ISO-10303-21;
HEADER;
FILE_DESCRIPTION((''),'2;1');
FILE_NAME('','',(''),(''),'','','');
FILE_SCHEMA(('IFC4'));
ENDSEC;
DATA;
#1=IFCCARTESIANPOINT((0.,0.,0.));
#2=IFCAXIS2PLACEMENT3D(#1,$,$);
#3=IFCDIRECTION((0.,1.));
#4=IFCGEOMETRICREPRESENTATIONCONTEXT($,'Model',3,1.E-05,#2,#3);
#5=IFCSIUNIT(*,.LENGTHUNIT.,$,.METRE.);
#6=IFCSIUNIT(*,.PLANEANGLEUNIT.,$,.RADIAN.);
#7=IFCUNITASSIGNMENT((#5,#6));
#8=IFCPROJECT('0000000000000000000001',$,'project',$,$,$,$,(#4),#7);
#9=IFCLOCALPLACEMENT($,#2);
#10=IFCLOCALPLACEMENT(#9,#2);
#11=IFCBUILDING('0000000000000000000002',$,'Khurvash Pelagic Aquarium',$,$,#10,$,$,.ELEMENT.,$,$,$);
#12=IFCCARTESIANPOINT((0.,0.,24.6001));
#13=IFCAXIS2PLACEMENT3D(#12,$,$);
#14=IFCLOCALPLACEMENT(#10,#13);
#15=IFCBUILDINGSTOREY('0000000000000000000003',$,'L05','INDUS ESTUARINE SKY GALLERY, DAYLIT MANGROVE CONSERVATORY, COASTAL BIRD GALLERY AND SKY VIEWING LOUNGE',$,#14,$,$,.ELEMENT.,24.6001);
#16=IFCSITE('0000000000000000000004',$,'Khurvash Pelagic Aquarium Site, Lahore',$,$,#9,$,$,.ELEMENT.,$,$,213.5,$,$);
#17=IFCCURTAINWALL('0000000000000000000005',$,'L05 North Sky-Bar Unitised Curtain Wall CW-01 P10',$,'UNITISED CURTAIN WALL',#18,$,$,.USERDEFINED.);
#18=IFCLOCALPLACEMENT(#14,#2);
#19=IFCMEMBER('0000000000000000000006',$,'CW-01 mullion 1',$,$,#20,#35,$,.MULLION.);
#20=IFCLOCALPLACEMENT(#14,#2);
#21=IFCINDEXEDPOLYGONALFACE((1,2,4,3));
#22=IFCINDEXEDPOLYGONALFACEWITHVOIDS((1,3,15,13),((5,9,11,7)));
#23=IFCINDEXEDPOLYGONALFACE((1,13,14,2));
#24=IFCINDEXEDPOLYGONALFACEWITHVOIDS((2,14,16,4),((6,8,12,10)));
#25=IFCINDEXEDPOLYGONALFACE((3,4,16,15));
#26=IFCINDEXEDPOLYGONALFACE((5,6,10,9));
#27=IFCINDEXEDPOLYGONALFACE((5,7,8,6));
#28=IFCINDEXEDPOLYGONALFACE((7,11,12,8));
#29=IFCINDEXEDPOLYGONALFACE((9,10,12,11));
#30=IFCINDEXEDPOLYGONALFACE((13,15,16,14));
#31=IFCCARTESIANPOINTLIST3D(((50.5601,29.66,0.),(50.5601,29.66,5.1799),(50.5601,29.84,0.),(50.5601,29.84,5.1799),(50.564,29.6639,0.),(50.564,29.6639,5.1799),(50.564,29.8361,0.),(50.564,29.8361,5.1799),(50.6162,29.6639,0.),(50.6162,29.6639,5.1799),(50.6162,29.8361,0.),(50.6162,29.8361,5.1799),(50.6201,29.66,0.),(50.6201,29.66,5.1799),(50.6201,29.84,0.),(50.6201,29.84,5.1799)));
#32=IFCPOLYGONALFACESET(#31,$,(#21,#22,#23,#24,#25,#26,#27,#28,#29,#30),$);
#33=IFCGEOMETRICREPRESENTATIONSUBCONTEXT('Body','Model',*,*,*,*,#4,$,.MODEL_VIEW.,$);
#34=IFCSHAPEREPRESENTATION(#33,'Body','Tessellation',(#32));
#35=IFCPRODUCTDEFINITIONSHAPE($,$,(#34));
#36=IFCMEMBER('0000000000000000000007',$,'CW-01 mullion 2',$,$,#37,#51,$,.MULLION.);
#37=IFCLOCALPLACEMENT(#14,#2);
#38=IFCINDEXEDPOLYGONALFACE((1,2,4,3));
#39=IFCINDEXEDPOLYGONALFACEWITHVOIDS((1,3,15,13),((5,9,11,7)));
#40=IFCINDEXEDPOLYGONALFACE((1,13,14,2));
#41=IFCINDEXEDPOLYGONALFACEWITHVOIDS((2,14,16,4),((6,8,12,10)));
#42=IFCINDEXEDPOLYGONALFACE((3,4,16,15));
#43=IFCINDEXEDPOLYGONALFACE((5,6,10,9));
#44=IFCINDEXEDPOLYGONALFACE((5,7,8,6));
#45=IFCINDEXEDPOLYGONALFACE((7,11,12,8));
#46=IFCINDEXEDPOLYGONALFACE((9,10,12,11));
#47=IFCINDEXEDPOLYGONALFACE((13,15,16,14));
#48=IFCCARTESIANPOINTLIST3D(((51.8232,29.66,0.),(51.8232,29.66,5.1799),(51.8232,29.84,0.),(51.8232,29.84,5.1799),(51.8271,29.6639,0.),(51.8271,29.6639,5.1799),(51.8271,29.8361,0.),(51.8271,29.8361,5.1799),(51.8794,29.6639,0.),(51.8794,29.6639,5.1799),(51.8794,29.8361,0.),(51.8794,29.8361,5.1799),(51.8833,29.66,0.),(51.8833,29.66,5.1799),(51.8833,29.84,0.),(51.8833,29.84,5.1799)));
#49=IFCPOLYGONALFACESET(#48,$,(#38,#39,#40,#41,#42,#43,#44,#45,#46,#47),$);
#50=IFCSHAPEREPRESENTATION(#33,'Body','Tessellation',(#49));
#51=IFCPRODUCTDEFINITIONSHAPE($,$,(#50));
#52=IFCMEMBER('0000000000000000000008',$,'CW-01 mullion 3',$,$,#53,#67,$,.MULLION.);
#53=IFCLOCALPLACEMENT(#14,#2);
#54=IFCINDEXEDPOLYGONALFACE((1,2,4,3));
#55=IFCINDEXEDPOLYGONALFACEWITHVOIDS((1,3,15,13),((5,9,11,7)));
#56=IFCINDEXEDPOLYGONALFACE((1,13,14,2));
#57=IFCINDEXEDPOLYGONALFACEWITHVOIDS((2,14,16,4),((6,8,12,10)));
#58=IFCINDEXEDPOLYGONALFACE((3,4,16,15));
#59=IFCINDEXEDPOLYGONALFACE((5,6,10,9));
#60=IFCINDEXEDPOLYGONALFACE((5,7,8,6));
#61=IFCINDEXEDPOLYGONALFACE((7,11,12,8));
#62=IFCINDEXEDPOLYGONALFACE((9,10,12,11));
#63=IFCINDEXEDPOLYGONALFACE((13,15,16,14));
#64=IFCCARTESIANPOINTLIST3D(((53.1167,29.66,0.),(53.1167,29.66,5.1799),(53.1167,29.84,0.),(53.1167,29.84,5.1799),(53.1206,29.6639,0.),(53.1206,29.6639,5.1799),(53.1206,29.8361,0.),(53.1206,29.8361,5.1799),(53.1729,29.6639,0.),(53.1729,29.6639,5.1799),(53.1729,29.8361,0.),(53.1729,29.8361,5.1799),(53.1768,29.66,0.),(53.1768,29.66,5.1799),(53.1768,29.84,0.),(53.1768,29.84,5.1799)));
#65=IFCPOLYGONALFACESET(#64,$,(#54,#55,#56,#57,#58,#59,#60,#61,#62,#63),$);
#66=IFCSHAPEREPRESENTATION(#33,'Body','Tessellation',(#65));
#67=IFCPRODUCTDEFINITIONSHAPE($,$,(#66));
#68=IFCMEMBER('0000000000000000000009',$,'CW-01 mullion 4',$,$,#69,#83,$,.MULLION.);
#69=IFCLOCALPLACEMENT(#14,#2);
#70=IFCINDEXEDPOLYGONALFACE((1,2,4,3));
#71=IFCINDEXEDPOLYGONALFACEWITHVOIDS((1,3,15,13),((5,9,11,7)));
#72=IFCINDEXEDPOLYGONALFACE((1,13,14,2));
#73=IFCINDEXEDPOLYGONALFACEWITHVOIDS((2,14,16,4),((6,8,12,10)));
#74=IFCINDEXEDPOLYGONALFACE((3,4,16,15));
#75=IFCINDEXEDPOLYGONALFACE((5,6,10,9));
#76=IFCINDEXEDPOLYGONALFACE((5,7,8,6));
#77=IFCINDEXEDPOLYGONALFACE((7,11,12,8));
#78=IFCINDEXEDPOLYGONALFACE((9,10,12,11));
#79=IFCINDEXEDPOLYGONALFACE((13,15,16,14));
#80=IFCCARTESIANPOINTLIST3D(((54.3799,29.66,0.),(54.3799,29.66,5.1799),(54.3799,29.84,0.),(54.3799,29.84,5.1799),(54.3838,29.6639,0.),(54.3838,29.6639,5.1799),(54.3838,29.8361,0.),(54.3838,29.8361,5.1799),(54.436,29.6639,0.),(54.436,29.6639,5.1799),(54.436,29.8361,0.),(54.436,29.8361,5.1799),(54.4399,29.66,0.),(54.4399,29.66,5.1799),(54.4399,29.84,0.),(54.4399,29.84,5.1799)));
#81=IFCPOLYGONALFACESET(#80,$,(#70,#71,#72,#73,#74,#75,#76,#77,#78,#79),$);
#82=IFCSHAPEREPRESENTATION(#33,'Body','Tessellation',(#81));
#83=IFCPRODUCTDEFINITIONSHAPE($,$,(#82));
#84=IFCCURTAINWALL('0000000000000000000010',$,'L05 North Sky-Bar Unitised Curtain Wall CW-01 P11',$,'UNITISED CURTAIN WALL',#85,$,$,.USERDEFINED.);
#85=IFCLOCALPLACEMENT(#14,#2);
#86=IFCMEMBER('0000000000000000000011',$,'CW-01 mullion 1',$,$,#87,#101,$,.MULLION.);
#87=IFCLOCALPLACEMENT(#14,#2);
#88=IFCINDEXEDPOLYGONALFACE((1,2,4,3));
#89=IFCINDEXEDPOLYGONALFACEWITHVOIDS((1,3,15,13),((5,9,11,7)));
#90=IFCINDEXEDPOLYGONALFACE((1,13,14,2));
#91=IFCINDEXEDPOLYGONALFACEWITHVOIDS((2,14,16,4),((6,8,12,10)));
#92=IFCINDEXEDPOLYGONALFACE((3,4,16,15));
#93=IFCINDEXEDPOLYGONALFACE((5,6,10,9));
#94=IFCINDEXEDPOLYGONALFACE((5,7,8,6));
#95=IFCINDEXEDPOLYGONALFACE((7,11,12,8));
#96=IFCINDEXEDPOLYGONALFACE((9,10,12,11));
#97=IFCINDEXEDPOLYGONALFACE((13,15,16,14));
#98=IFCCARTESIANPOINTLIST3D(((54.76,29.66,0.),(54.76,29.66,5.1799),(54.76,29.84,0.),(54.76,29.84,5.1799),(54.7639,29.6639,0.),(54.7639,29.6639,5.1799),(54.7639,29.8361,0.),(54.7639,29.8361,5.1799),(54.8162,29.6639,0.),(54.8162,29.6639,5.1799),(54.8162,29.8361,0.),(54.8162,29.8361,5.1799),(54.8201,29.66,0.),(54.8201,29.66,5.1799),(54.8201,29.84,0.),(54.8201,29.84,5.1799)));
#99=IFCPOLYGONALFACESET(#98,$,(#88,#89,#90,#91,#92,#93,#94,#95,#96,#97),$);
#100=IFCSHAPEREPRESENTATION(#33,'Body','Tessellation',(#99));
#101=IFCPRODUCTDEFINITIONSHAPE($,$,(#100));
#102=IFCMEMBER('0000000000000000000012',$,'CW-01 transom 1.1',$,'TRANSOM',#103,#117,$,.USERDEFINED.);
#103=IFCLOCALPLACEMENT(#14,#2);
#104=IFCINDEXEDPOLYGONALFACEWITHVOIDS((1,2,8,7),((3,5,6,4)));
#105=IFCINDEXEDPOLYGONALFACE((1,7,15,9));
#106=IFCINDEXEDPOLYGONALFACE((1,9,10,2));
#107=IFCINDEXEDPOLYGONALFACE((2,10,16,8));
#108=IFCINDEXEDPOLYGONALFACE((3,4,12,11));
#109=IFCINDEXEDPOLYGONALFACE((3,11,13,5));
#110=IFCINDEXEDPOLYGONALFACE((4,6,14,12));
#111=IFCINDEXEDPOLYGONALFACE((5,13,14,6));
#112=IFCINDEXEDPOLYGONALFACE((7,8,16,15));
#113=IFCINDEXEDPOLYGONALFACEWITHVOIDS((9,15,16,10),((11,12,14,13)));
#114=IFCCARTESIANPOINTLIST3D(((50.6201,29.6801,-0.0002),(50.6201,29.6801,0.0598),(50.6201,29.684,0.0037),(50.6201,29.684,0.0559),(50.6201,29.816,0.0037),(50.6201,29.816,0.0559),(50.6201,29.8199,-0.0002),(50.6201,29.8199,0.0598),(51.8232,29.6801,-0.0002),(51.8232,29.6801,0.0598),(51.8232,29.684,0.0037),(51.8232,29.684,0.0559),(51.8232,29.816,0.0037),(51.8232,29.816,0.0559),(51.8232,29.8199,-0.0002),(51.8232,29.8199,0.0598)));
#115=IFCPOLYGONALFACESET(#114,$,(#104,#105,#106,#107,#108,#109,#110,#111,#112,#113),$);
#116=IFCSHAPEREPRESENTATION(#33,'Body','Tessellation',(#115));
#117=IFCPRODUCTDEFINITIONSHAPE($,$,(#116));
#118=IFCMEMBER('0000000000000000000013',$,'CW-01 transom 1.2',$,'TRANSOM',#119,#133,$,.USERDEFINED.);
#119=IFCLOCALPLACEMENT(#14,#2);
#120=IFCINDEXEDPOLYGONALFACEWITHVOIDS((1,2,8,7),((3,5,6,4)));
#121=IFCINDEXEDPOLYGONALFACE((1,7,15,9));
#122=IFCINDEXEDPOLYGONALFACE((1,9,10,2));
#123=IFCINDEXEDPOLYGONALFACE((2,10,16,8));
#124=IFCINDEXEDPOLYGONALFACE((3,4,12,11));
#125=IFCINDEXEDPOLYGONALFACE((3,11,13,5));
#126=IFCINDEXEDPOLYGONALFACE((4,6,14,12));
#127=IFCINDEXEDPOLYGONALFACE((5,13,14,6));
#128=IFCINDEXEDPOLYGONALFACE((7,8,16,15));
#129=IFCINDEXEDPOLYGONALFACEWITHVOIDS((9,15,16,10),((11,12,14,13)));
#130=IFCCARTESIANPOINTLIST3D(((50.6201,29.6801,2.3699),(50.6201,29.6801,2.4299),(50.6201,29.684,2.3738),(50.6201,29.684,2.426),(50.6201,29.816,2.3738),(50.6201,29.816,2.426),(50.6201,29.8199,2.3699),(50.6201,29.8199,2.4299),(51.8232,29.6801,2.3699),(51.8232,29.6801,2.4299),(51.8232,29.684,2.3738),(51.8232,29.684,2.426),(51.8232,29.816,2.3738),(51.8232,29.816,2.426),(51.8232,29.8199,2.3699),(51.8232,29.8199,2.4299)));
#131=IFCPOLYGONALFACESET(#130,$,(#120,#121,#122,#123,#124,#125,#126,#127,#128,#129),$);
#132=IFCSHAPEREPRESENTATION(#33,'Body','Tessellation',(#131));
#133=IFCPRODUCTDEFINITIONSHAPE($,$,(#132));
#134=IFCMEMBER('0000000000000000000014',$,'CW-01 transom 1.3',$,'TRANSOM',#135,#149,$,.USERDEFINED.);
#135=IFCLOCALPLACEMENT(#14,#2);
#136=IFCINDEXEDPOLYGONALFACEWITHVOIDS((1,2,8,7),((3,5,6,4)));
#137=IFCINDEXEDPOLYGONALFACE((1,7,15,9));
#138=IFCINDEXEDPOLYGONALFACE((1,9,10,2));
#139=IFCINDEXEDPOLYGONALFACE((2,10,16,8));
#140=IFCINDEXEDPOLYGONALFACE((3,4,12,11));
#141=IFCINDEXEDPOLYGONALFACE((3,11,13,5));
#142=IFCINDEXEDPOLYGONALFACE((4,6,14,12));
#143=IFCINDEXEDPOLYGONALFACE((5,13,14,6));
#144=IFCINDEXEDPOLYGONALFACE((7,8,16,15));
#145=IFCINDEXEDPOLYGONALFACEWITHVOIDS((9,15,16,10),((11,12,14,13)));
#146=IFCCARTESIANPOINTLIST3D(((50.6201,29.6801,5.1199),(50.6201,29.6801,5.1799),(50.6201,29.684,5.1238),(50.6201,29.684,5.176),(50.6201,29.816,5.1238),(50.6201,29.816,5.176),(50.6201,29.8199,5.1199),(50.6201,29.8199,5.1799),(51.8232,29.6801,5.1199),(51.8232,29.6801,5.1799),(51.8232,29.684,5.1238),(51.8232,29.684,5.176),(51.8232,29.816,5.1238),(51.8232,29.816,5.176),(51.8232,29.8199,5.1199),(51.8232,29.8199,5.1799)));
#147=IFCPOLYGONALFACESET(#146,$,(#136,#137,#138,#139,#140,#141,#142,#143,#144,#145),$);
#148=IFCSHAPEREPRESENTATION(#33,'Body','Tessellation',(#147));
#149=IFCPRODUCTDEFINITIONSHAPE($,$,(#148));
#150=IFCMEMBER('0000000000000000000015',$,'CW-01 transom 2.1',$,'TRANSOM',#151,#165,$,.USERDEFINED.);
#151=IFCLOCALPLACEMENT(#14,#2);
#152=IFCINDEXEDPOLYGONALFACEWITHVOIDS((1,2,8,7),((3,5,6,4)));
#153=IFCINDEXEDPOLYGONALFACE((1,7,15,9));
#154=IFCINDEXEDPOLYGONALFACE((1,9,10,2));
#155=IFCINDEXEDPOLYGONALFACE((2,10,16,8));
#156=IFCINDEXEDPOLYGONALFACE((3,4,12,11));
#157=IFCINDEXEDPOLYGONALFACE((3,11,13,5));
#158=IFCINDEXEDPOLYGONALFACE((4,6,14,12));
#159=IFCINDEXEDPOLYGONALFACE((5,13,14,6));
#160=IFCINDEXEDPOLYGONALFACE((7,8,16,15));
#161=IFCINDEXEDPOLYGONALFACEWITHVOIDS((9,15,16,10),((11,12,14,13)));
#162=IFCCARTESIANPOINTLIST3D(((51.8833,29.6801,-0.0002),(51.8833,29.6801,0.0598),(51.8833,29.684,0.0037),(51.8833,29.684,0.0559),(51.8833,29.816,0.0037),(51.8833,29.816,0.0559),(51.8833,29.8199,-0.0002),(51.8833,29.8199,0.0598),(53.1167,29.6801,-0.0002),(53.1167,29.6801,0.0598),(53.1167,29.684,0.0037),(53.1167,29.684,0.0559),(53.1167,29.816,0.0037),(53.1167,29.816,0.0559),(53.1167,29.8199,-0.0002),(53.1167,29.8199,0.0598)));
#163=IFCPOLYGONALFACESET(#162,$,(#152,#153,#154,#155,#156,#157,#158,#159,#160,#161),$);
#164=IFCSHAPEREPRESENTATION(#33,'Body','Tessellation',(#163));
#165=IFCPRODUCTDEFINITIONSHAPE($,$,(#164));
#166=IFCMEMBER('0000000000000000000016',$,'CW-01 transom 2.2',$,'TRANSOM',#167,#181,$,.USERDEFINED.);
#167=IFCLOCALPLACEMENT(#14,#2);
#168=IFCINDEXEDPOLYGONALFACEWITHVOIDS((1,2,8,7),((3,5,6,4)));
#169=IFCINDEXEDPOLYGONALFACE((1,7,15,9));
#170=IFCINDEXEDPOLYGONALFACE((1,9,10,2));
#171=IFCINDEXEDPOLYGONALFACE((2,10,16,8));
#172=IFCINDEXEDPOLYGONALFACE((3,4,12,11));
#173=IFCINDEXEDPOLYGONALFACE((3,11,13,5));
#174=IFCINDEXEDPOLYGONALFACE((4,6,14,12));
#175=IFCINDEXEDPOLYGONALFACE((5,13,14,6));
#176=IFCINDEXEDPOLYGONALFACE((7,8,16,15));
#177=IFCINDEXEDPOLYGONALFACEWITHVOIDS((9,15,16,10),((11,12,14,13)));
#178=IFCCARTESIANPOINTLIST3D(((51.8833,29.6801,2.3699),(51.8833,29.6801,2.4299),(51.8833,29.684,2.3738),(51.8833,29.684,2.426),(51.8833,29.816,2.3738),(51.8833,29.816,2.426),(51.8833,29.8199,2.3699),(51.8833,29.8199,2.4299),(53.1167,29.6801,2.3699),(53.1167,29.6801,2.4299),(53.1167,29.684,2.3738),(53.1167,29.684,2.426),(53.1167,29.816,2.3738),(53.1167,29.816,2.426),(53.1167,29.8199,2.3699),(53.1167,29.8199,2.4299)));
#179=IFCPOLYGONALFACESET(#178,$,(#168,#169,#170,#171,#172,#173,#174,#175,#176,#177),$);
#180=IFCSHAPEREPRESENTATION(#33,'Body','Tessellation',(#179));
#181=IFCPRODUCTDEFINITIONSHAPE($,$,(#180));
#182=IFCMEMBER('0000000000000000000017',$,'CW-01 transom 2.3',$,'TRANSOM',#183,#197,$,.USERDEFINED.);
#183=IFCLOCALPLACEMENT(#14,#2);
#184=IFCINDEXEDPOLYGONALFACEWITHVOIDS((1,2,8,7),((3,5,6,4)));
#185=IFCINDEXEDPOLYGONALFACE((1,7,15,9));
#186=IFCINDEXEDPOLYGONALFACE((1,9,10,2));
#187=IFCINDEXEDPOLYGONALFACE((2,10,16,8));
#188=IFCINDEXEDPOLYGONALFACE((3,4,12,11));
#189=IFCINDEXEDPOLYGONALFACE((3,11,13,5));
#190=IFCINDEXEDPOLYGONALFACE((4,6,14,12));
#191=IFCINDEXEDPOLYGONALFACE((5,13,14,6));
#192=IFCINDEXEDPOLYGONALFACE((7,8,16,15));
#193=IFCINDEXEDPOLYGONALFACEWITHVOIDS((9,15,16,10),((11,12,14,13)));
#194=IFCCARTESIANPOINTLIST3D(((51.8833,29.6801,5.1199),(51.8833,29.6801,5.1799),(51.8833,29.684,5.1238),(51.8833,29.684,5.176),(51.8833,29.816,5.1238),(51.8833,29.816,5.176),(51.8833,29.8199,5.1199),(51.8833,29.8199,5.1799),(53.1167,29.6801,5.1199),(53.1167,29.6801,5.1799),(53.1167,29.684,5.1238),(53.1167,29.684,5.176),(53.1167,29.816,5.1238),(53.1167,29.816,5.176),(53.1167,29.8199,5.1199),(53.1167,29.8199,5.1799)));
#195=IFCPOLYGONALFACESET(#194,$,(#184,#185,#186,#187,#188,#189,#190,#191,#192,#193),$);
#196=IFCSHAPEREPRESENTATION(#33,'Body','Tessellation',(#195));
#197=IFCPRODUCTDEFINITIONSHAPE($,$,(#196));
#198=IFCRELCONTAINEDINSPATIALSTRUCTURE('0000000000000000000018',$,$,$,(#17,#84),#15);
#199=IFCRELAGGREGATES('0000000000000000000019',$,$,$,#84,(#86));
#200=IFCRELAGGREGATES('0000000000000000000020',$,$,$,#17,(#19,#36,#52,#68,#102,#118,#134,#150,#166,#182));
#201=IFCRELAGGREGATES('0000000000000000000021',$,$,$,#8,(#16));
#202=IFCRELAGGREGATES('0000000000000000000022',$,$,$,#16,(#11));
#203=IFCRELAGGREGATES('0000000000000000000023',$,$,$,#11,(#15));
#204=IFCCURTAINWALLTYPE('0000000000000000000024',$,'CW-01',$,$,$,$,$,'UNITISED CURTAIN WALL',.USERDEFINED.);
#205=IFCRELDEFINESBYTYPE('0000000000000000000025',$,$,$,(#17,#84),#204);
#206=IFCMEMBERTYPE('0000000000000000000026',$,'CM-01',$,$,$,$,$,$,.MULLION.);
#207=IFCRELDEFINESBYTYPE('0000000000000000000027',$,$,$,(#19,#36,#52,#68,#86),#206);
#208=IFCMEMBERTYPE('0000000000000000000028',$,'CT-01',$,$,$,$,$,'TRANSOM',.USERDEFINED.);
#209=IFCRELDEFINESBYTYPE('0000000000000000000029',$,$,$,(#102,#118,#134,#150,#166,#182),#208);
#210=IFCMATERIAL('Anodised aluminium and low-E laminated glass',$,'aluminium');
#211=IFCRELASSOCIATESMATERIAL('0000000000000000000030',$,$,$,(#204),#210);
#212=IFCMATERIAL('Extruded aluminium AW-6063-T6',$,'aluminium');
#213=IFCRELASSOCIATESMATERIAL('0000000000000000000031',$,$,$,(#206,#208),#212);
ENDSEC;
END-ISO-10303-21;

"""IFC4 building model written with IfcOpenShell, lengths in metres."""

from ifc_helpers import new_model, si_unit, direction, frame, origin, origin_2d, place, context, subcontext, project, spatial, hollow_rectangle, extrude, material, material_profile, profile_set, type_object, element, aggregate, save


model = new_model("IFC4")

# Units and contexts
model_context = context("Model", 3, precision=1e-05, world=origin(), true_north=direction((0.0, 1.0)))
body_context = subcontext(model_context, "Body", "Model", "MODEL_VIEW")
ifc_project = project(units=[si_unit("LENGTHUNIT", "METRE"), si_unit("PLANEANGLEUNIT", "RADIAN")], contexts=[model_context])

# Site, building, storey
site_placement = place(None, origin())
site = spatial("IfcSite", under=ifc_project, at=site_placement, Name="Khurvash Pelagic Aquarium Site, Lahore", CompositionType="ELEMENT", RefElevation=213.5)
building_placement = place(site_placement, origin())
building = spatial("IfcBuilding", under=site, at=building_placement, Name="Khurvash Pelagic Aquarium", CompositionType="ELEMENT")
storey_placement = place(building_placement, frame((0.0, 0.0, 24.6001)))
storey = spatial("IfcBuildingStorey", under=building, at=storey_placement, Name="L05", Description="INDUS ESTUARINE SKY GALLERY, DAYLIT MANGROVE CONSERVATORY, COASTAL BIRD GALLERY AND SKY VIEWING LOUNGE", CompositionType="ELEMENT", Elevation=24.6001)

# Curtain wall, members
ifc_material_1 = material(Name="Anodised aluminium and low-E laminated glass", Category="aluminium")
curtain_wall_type = type_object("IfcCurtainWallType", Name="CW-01", ElementType="UNITISED CURTAIN WALL", PredefinedType="USERDEFINED", material=ifc_material_1)
curtain_wall_1_placement = place(storey_placement, origin())
curtain_wall_1 = element("IfcCurtainWall", 1, at=curtain_wall_1_placement, inside=storey, type_object=curtain_wall_type, Name="L05 North Sky-Bar Unitised Curtain Wall CW-01 P10", ObjectType="UNITISED CURTAIN WALL", PredefinedType="USERDEFINED")
ifc_material_2 = material(Name="Extruded aluminium AW-6063-T6", Category="aluminium")
ifc_material_profile_1 = material_profile(ifc_material_2, hollow_rectangle(XDim=0.0601, YDim=0.1799, WallThickness=0.0039, at=origin_2d()), Name="CWM60X180X4")
ifc_profile_set_1 = profile_set([ifc_material_profile_1], Name="Extruded aluminium AW-6063-T6")
member_type_1 = type_object("IfcMemberType", Name="CM-01", PredefinedType="MULLION", material=ifc_profile_set_1)
member_1_placement = place(storey_placement, frame((50.5901, 29.75, 0.0), z_axis=(0.0, 0.0, 1.0), x_axis=(1.0, 0.0, 0.0)))
member_1 = element("IfcMember", 2, at=member_1_placement, type_object=member_type_1, Name="CW-01 mullion 1", PredefinedType="MULLION", context=body_context, shape_type="SweptSolid", body=[
    extrude(hollow_rectangle(XDim=0.0601, YDim=0.1799, WallThickness=0.0039, at=origin_2d()), origin(), (0.0, 0.0, 1.0), 5.1799),
])
member_2_placement = place(storey_placement, frame((51.8533, 29.75, 0.0), z_axis=(0.0, 0.0, 1.0), x_axis=(1.0, 0.0, 0.0)))
member_2 = element("IfcMember", 3, at=member_2_placement, type_object=member_type_1, Name="CW-01 mullion 2", PredefinedType="MULLION", context=body_context, shape_type="SweptSolid", body=[
    extrude(hollow_rectangle(XDim=0.0601, YDim=0.1799, WallThickness=0.0039, at=origin_2d()), origin(), (0.0, 0.0, 1.0), 5.1799),
])
member_3_placement = place(storey_placement, frame((53.1467, 29.75, 0.0), z_axis=(0.0, 0.0, 1.0), x_axis=(1.0, 0.0, 0.0)))
member_3 = element("IfcMember", 4, at=member_3_placement, type_object=member_type_1, Name="CW-01 mullion 3", PredefinedType="MULLION", context=body_context, shape_type="SweptSolid", body=[
    extrude(hollow_rectangle(XDim=0.0601, YDim=0.1799, WallThickness=0.0039, at=origin_2d()), origin(), (0.0, 0.0, 1.0), 5.1799),
])
member_4_placement = place(storey_placement, frame((54.4099, 29.75, 0.0), z_axis=(0.0, 0.0, 1.0), x_axis=(1.0, 0.0, 0.0)))
member_4 = element("IfcMember", 5, at=member_4_placement, type_object=member_type_1, Name="CW-01 mullion 4", PredefinedType="MULLION", context=body_context, shape_type="SweptSolid", body=[
    extrude(hollow_rectangle(XDim=0.0601, YDim=0.1799, WallThickness=0.0039, at=origin_2d()), origin(), (0.0, 0.0, 1.0), 5.1799),
])

# Curtain wall, member
curtain_wall_2_placement = place(storey_placement, origin())
curtain_wall_2 = element("IfcCurtainWall", 6, at=curtain_wall_2_placement, inside=storey, type_object=curtain_wall_type, Name="L05 North Sky-Bar Unitised Curtain Wall CW-01 P11", ObjectType="UNITISED CURTAIN WALL", PredefinedType="USERDEFINED")
member_5_placement = place(storey_placement, frame((54.79, 29.75, 0.0), z_axis=(0.0, 0.0, 1.0), x_axis=(1.0, 0.0, 0.0)))
member_5 = element("IfcMember", 7, at=member_5_placement, type_object=member_type_1, Name="CW-01 mullion 1", PredefinedType="MULLION", context=body_context, shape_type="SweptSolid", body=[
    extrude(hollow_rectangle(XDim=0.0601, YDim=0.1799, WallThickness=0.0039, at=origin_2d()), origin(), (0.0, 0.0, 1.0), 5.1799),
])

# Members
ifc_material_profile_2 = material_profile(ifc_material_2, hollow_rectangle(XDim=0.1399, YDim=0.0601, WallThickness=0.0039, at=origin_2d()), Name="CWT140X60X4")
ifc_profile_set_2 = profile_set([ifc_material_profile_2], Name="Extruded aluminium AW-6063-T6")
member_type_2 = type_object("IfcMemberType", Name="CT-01", ElementType="TRANSOM", PredefinedType="USERDEFINED", material=ifc_profile_set_2)
member_6_placement = place(storey_placement, frame((50.6201, 29.75, 0.0298), z_axis=(1.0, 0.0, 0.0), x_axis=(0.0, 1.0, 0.0)))
member_6 = element("IfcMember", 8, at=member_6_placement, type_object=member_type_2, Name="CW-01 transom 1.1", ObjectType="TRANSOM", PredefinedType="USERDEFINED", context=body_context, shape_type="SweptSolid", body=[
    extrude(hollow_rectangle(XDim=0.1399, YDim=0.0601, WallThickness=0.0039, at=origin_2d()), origin(), (0.0, 0.0, 1.0), 1.2031),
])
member_7_placement = place(storey_placement, frame((50.6201, 29.75, 2.3999), z_axis=(1.0, 0.0, 0.0), x_axis=(0.0, 1.0, 0.0)))
member_7 = element("IfcMember", 9, at=member_7_placement, type_object=member_type_2, Name="CW-01 transom 1.2", ObjectType="TRANSOM", PredefinedType="USERDEFINED", context=body_context, shape_type="SweptSolid", body=[
    extrude(hollow_rectangle(XDim=0.1399, YDim=0.0601, WallThickness=0.0039, at=origin_2d()), origin(), (0.0, 0.0, 1.0), 1.2031),
])
member_8_placement = place(storey_placement, frame((50.6201, 29.75, 5.1499), z_axis=(1.0, 0.0, 0.0), x_axis=(0.0, 1.0, 0.0)))
member_8 = element("IfcMember", 10, at=member_8_placement, type_object=member_type_2, Name="CW-01 transom 1.3", ObjectType="TRANSOM", PredefinedType="USERDEFINED", context=body_context, shape_type="SweptSolid", body=[
    extrude(hollow_rectangle(XDim=0.1399, YDim=0.0601, WallThickness=0.0039, at=origin_2d()), origin(), (0.0, 0.0, 1.0), 1.2031),
])
member_9_placement = place(storey_placement, frame((51.8833, 29.75, 0.0298), z_axis=(1.0, 0.0, 0.0), x_axis=(0.0, 1.0, 0.0)))
member_9 = element("IfcMember", 11, at=member_9_placement, type_object=member_type_2, Name="CW-01 transom 2.1", ObjectType="TRANSOM", PredefinedType="USERDEFINED", context=body_context, shape_type="SweptSolid", body=[
    extrude(hollow_rectangle(XDim=0.1399, YDim=0.0601, WallThickness=0.0039, at=origin_2d()), origin(), (0.0, 0.0, 1.0), 1.2334),
])
member_10_placement = place(storey_placement, frame((51.8833, 29.75, 2.3999), z_axis=(1.0, 0.0, 0.0), x_axis=(0.0, 1.0, 0.0)))
member_10 = element("IfcMember", 12, at=member_10_placement, type_object=member_type_2, Name="CW-01 transom 2.2", ObjectType="TRANSOM", PredefinedType="USERDEFINED", context=body_context, shape_type="SweptSolid", body=[
    extrude(hollow_rectangle(XDim=0.1399, YDim=0.0601, WallThickness=0.0039, at=origin_2d()), origin(), (0.0, 0.0, 1.0), 1.2334),
])
member_11_placement = place(storey_placement, frame((51.8833, 29.75, 5.1499), z_axis=(1.0, 0.0, 0.0), x_axis=(0.0, 1.0, 0.0)))
member_11 = element("IfcMember", 13, at=member_11_placement, type_object=member_type_2, Name="CW-01 transom 2.3", ObjectType="TRANSOM", PredefinedType="USERDEFINED", context=body_context, shape_type="SweptSolid", body=[
    extrude(hollow_rectangle(XDim=0.1399, YDim=0.0601, WallThickness=0.0039, at=origin_2d()), origin(), (0.0, 0.0, 1.0), 1.2334),
])
aggregate(curtain_wall_2, [member_5])

aggregate(curtain_wall_1, [member_1, member_2, member_3, member_4, member_6, member_7, member_8, member_9, member_10, member_11])

save(model, "model.ifc")
